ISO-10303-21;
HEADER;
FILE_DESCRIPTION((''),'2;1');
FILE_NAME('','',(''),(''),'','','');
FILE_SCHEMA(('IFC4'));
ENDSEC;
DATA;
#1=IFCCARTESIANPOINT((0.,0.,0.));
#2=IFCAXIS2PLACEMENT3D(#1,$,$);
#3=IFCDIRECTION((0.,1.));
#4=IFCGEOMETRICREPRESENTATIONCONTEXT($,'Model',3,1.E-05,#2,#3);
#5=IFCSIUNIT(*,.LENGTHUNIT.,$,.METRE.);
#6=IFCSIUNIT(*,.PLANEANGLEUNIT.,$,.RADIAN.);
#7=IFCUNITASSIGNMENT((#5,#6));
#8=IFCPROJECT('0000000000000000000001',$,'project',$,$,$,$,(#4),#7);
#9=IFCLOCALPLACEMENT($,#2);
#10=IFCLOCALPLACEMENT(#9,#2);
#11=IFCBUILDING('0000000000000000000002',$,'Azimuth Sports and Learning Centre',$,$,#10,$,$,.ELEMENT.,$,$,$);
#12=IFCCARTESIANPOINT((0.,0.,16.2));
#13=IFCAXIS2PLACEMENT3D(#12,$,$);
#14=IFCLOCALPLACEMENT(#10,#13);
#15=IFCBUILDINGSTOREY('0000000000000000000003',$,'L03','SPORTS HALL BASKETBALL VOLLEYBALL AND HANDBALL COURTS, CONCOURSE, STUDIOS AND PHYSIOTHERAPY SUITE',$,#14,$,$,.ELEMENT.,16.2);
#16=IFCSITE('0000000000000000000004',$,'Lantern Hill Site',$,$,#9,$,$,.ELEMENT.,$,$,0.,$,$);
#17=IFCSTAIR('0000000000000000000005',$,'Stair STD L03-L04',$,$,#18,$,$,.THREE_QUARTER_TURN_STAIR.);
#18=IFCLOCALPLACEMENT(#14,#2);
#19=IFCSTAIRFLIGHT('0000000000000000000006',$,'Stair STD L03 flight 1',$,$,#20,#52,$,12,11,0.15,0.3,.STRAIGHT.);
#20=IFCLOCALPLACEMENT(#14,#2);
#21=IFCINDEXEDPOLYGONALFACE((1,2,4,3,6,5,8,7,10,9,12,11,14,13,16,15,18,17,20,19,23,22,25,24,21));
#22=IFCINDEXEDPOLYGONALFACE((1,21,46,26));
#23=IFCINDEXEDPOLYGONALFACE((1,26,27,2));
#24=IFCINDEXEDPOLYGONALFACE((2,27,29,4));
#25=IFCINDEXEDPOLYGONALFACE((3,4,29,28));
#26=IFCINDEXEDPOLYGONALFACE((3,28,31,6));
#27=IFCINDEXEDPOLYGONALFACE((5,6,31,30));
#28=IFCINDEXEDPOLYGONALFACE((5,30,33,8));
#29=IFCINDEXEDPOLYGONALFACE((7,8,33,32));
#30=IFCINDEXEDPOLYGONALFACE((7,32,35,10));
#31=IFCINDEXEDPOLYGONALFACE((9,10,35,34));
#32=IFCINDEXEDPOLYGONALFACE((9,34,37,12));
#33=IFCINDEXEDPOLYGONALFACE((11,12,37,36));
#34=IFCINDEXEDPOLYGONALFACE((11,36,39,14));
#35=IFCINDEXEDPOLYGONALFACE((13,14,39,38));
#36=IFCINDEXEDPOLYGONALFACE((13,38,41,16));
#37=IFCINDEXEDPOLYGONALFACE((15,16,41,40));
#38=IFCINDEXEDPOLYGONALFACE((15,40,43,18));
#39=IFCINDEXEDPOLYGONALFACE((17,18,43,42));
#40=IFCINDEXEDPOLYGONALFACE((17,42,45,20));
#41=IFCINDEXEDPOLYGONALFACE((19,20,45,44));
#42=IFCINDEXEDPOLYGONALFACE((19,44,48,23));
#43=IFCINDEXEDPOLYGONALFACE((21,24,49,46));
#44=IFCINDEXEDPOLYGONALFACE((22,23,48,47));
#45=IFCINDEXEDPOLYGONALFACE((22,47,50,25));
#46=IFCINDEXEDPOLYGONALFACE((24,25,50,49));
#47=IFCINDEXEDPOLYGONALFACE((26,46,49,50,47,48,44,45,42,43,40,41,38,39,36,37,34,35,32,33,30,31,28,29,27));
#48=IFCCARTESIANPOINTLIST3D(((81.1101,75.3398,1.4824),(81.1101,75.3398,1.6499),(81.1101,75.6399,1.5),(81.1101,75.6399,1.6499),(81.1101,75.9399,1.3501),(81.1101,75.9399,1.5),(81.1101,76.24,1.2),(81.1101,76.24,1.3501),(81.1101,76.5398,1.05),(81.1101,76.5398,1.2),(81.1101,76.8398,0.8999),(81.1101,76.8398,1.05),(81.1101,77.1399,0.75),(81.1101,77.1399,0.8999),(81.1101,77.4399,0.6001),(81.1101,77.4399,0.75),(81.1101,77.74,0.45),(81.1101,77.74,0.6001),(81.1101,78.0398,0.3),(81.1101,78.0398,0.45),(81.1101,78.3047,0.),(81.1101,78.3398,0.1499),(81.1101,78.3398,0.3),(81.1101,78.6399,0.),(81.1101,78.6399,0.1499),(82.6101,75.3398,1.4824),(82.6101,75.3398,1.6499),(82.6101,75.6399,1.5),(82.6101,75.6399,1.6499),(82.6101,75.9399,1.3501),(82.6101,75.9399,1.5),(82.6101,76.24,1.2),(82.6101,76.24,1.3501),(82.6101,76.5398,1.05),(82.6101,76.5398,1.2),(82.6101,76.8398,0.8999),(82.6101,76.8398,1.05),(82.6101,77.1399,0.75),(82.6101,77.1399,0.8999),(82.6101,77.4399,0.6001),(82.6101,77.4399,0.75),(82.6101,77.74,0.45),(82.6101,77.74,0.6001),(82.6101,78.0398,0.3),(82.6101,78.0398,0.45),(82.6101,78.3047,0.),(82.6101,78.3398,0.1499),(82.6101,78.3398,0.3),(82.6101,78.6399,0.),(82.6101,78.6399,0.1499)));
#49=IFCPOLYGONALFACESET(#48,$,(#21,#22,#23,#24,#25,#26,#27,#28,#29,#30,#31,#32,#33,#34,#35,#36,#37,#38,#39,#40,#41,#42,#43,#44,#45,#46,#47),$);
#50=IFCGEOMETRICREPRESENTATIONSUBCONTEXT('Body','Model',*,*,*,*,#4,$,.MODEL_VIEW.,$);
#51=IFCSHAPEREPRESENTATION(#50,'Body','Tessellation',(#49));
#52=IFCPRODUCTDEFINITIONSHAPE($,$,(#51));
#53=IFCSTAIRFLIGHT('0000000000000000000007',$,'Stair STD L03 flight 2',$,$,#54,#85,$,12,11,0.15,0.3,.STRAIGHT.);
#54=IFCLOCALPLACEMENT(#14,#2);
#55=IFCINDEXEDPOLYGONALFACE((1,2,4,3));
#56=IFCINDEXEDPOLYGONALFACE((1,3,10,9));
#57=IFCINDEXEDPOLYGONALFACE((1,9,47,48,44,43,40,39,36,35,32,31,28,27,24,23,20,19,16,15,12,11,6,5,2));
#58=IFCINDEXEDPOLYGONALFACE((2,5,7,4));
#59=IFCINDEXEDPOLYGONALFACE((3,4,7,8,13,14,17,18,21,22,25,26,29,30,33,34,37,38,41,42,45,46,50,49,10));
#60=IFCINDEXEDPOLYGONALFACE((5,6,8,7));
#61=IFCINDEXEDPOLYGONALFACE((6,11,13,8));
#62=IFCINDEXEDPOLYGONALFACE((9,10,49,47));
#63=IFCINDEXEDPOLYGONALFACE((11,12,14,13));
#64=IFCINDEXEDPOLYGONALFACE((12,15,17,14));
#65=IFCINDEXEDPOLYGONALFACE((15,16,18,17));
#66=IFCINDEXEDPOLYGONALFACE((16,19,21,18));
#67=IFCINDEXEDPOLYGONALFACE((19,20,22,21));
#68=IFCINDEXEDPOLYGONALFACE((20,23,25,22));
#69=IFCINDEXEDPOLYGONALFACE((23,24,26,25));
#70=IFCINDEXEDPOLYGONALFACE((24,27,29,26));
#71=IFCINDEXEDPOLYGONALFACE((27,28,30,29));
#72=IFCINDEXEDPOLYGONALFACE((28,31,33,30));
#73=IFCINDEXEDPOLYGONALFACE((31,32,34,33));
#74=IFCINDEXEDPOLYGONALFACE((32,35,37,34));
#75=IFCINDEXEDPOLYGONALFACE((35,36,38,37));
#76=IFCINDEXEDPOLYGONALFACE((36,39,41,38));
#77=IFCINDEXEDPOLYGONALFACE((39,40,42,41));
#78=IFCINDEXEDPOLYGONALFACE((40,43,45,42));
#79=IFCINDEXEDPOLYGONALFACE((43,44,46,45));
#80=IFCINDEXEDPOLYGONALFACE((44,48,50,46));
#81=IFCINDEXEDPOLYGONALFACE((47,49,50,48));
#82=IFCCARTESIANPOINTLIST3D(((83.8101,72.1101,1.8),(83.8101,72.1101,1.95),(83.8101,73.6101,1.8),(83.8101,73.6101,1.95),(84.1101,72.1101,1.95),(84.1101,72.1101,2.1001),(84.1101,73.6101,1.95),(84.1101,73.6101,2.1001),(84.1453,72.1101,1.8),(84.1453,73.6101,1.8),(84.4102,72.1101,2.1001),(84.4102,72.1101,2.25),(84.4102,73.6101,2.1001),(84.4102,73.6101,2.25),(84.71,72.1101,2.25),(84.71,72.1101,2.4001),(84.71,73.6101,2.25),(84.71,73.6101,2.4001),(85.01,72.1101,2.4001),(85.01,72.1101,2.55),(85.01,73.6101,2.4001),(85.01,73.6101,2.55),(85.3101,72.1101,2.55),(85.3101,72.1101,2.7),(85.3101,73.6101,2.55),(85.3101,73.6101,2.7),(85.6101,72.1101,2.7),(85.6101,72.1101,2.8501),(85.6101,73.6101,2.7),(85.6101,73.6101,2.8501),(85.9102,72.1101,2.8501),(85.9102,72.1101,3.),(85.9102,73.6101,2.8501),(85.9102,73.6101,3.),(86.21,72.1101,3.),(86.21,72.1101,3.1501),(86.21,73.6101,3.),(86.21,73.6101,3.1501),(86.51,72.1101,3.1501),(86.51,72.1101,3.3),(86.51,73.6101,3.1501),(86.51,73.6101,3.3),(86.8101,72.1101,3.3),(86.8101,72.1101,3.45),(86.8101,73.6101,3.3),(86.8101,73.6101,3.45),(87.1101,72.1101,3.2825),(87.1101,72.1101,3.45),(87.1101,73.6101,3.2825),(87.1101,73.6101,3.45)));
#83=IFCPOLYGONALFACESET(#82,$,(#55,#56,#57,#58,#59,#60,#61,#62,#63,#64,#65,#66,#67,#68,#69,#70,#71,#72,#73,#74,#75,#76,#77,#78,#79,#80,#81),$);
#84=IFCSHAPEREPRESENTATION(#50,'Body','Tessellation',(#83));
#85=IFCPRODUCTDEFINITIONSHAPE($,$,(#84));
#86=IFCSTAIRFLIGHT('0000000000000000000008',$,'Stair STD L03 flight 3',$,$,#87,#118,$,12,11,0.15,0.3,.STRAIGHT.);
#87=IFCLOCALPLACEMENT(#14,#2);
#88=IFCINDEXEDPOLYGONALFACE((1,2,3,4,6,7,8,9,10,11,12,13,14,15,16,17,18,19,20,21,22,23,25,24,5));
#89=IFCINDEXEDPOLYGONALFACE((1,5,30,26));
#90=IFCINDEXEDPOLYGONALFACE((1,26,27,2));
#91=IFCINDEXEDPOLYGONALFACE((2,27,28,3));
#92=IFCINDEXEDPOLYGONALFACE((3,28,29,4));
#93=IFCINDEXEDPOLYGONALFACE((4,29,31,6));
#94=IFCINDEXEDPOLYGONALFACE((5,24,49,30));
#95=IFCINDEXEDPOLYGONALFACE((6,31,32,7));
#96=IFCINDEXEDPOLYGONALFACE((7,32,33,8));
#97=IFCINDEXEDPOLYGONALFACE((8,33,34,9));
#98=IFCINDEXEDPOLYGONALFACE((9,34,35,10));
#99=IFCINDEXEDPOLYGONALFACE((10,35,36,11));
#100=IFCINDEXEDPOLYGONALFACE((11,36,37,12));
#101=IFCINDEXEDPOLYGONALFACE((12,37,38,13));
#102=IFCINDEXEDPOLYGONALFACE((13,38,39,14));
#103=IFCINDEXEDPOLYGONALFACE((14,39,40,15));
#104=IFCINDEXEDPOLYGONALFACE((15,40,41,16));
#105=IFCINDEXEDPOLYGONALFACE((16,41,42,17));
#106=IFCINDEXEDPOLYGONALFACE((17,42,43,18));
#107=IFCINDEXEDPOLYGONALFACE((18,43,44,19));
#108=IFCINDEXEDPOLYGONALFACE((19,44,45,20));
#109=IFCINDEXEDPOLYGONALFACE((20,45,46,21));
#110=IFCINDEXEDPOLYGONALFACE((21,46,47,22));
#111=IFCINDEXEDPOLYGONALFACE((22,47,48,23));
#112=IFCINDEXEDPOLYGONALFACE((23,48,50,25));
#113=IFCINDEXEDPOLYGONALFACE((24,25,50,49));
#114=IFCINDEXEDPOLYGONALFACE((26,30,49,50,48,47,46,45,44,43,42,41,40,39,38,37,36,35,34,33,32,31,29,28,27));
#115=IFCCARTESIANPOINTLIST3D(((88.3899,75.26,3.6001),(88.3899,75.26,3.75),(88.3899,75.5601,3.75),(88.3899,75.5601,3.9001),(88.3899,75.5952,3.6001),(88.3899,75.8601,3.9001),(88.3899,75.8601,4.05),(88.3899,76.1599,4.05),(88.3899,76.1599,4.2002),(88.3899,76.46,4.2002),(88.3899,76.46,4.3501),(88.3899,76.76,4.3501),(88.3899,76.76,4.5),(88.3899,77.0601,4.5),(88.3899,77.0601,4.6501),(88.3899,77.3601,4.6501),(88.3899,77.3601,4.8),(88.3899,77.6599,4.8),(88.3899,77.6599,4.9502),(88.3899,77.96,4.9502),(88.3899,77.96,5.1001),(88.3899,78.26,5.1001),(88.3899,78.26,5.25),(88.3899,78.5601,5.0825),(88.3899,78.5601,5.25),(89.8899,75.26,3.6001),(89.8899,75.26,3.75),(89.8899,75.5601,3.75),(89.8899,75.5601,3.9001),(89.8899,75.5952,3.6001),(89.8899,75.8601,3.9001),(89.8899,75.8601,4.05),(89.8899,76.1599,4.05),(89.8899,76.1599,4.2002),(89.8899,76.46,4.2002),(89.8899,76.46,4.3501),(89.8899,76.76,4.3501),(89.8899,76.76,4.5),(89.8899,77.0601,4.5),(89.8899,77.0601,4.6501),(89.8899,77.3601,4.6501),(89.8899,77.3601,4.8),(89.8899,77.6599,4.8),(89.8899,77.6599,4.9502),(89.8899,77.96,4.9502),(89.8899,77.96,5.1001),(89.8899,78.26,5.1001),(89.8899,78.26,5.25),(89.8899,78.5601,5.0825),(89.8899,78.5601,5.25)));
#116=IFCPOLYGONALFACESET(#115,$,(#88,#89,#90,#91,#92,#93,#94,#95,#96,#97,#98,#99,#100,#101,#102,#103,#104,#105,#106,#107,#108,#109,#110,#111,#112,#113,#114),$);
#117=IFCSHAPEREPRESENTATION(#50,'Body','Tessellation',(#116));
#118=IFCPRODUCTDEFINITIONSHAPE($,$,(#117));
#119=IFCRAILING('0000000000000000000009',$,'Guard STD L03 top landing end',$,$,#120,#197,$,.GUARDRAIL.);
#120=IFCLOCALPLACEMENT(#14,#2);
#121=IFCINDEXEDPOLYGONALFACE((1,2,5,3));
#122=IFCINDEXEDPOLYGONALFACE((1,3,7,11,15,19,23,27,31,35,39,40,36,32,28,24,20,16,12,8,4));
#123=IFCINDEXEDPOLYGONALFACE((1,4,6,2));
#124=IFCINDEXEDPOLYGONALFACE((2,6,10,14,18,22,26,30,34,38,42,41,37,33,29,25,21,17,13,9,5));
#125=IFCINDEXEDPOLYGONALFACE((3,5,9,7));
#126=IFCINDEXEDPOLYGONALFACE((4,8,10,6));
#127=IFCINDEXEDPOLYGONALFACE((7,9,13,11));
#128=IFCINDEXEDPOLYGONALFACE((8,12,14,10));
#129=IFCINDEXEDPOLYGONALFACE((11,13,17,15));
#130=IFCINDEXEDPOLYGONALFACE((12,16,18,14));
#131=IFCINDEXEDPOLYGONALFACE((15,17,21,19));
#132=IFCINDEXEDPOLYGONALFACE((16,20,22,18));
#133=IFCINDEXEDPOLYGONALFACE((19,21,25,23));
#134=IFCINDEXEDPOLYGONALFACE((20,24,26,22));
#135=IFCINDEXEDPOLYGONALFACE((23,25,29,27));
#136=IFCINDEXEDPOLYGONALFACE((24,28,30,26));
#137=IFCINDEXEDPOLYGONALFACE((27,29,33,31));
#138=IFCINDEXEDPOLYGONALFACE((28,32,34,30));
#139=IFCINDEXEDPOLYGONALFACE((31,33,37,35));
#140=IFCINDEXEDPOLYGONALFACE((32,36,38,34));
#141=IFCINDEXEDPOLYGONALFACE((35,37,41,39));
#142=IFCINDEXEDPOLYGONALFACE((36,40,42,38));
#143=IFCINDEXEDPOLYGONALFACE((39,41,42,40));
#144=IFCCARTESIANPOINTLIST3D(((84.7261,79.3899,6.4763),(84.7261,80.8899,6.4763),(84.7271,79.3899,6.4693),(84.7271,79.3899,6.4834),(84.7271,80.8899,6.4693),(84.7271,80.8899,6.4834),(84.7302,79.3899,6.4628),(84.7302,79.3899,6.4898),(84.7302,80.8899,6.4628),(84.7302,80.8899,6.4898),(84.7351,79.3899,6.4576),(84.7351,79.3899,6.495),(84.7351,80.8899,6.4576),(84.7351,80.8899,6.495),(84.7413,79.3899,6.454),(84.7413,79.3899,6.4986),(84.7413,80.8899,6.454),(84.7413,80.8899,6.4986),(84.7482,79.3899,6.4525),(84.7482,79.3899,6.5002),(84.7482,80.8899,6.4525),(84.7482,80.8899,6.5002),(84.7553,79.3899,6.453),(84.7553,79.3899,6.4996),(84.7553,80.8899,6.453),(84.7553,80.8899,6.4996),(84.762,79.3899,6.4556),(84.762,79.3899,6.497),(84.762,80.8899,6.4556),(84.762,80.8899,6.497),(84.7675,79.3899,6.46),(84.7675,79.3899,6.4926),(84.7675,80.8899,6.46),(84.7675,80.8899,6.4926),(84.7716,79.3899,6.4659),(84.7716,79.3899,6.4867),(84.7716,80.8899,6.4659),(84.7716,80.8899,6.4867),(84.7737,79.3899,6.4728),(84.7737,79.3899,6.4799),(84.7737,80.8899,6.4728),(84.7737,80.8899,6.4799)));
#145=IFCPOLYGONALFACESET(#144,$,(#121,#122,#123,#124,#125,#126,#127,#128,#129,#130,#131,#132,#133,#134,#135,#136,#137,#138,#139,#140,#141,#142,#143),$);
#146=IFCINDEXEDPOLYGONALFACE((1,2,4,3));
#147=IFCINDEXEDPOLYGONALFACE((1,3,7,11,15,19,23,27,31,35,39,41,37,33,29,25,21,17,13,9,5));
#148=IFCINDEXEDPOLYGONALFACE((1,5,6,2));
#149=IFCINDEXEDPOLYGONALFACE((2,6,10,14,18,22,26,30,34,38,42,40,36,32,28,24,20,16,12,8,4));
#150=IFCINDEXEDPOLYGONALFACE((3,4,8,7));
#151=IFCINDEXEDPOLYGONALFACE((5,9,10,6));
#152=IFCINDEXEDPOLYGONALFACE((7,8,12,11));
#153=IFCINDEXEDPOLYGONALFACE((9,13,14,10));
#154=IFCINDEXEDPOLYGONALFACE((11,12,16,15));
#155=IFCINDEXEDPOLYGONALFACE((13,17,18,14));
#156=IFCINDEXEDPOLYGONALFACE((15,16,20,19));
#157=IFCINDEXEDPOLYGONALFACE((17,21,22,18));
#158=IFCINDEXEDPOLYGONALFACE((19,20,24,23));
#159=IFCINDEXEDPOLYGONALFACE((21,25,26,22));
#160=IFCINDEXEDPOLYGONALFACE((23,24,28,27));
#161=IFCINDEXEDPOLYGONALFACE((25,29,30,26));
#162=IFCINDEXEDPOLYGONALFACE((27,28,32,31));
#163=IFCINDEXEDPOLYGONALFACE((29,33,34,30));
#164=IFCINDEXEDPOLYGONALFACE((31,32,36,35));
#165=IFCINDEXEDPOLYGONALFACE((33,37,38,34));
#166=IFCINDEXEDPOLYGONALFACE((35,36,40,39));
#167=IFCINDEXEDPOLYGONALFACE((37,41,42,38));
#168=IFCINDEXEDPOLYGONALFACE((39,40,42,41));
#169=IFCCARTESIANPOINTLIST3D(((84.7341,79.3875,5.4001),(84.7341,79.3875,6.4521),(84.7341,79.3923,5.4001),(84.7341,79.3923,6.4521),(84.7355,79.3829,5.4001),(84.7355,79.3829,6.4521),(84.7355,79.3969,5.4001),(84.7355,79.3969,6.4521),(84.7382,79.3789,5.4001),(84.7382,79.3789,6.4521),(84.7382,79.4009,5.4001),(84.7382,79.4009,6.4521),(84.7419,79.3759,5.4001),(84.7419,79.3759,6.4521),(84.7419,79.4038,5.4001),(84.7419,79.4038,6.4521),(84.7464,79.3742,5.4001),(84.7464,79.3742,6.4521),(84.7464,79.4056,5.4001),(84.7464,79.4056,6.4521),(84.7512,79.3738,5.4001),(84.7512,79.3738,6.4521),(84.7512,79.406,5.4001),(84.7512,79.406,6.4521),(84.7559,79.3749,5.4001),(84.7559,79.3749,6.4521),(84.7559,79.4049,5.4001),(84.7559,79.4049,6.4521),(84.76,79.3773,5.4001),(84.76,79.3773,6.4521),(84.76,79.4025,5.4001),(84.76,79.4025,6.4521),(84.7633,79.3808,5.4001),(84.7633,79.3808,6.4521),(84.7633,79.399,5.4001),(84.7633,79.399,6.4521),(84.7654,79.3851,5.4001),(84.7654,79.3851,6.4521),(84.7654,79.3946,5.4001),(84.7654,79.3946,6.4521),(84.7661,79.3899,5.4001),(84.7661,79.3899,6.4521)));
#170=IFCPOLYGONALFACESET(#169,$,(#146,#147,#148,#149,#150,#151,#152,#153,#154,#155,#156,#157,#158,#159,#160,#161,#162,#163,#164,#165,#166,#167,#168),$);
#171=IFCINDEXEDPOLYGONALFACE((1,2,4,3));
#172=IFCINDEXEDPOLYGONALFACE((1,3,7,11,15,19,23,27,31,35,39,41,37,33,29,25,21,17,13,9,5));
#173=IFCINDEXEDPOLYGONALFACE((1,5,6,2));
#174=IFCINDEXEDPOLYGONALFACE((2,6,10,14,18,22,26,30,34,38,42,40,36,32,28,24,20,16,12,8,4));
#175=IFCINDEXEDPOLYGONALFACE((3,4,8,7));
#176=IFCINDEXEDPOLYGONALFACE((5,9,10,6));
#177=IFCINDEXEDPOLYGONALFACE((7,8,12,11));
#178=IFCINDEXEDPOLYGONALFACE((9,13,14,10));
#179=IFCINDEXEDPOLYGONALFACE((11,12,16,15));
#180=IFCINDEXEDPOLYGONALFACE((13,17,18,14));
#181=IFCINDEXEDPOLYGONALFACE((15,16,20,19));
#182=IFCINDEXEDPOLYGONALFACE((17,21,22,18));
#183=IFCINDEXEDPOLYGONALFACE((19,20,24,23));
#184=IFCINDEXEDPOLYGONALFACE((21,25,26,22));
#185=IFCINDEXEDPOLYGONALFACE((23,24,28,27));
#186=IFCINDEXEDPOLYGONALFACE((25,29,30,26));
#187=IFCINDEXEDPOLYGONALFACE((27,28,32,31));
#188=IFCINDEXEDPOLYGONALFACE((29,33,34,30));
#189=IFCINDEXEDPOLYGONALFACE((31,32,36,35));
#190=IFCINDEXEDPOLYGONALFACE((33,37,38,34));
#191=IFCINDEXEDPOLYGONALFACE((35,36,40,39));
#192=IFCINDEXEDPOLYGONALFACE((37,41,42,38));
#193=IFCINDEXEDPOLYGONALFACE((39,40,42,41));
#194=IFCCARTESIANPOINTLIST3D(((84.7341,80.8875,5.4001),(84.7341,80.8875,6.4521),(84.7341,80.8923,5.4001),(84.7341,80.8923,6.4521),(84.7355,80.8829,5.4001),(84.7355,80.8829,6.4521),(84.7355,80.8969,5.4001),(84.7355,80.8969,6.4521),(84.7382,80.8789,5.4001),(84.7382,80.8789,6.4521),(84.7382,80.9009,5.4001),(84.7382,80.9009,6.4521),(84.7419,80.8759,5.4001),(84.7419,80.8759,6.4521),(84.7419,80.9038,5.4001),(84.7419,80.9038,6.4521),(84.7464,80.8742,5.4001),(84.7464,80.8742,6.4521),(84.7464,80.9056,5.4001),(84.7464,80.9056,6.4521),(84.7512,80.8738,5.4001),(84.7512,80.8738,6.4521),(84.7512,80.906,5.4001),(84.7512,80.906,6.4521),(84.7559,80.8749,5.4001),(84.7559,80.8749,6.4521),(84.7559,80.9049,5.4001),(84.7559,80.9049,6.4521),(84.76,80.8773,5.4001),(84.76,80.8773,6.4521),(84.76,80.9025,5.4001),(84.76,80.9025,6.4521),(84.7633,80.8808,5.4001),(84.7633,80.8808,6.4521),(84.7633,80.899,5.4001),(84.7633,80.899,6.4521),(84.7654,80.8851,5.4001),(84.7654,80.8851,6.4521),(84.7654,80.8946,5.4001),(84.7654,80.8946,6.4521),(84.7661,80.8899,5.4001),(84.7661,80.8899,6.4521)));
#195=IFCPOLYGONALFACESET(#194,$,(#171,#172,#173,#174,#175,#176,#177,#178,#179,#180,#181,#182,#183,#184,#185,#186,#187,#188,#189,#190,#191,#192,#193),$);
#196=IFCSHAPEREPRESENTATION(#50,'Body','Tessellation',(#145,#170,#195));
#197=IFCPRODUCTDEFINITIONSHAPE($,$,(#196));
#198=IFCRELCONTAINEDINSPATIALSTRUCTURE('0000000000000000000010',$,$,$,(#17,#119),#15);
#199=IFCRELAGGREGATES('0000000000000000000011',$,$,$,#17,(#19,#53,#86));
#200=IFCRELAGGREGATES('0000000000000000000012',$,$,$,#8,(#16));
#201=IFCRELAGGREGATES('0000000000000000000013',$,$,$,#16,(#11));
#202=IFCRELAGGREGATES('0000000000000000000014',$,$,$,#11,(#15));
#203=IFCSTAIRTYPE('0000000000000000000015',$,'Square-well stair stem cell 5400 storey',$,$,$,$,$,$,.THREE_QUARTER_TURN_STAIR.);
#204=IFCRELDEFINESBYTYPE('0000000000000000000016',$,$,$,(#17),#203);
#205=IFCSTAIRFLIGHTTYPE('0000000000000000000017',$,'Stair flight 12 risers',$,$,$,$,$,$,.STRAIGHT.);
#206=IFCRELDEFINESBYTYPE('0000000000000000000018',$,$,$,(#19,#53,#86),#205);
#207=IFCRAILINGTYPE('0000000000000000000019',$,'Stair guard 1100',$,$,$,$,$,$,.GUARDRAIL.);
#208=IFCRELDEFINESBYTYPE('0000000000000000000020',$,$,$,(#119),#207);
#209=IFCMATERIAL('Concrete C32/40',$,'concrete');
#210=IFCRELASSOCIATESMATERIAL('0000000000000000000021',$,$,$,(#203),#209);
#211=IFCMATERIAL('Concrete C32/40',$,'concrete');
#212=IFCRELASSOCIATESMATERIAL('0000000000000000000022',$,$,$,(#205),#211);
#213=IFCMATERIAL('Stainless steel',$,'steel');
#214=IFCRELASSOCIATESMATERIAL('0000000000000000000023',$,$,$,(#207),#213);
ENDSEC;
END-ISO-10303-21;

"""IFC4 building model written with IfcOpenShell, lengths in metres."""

from ifc_helpers import new_model, si_unit, direction, frame, origin, origin_2d, place, context, subcontext, project, spatial, polyline, circle, outline, extrude, material, type_object, element, aggregate, save


model = new_model("IFC4")

# Units and contexts
model_context = context("Model", 3, precision=1e-05, world=origin(), true_north=direction((0.0, 1.0)))
body_context = subcontext(model_context, "Body", "Model", "MODEL_VIEW")
ifc_project = project(units=[si_unit("LENGTHUNIT", "METRE"), si_unit("PLANEANGLEUNIT", "RADIAN")], contexts=[model_context])

# Site, building, storey
site_placement = place(None, origin())
site = spatial("IfcSite", under=ifc_project, at=site_placement, Name="Lantern Hill Site", CompositionType="ELEMENT", RefElevation=0.0)
building_placement = place(site_placement, origin())
building = spatial("IfcBuilding", under=site, at=building_placement, Name="Azimuth Sports and Learning Centre", CompositionType="ELEMENT")
storey_placement = place(building_placement, frame((0.0, 0.0, 16.2)))
storey = spatial("IfcBuildingStorey", under=building, at=storey_placement, Name="L03", Description="SPORTS HALL BASKETBALL VOLLEYBALL AND HANDBALL COURTS, CONCOURSE, STUDIOS AND PHYSIOTHERAPY SUITE", CompositionType="ELEMENT", Elevation=16.2)

# Stair, stair flights
ifc_material_1 = material(Name="Concrete C32/40", Category="concrete")
stair_type = type_object("IfcStairType", Name="Square-well stair stem cell 5400 storey", PredefinedType="THREE_QUARTER_TURN_STAIR", material=ifc_material_1)
stair_placement = place(storey_placement, origin())
stair = element("IfcStair", 1, at=stair_placement, inside=storey, type_object=stair_type, Name="Stair STD L03-L04", PredefinedType="THREE_QUARTER_TURN_STAIR")
ifc_material_2 = material(Name="Concrete C32/40", Category="concrete")
stair_flight_type = type_object("IfcStairFlightType", Name="Stair flight 12 risers", PredefinedType="STRAIGHT", material=ifc_material_2)
stair_flight_1_placement = place(storey_placement, frame((81.8601, 78.6399, 0.0), z_axis=(0.0, 0.0, 1.0), x_axis=(0.0, -1.0, 0.0)))
stair_flight_1 = element("IfcStairFlight", 2, at=stair_flight_1_placement, type_object=stair_flight_type, Name="Stair STD L03 flight 1", NumberOfRisers=12, NumberOfTreads=11, PredefinedType="STRAIGHT", RiserHeight=0.15, TreadLength=0.3, context=body_context, shape_type="SweptSolid", body=[
    extrude(outline(polyline([(0.0, 0.0), (0.0, 0.1499), (0.3, 0.1499), (0.3, 0.3), (0.6001, 0.3), (0.6001, 0.45), (0.8999, 0.45), (0.8999, 0.6001), (1.2, 0.6001), (1.2, 0.75), (1.5, 0.75), (1.5, 0.8999), (1.8, 0.8999), (1.8, 1.05), (2.1001, 1.05), (2.1001, 1.2), (2.3999, 1.2), (2.3999, 1.3501), (2.7, 1.3501), (2.7, 1.5), (3.0, 1.5), (3.0, 1.6499), (3.3, 1.6499), (3.3, 1.8), (3.3, 1.4824), (0.3352, 0.0), (0.0, 0.0)])), frame((0.0, 0.75, 0.0), z_axis=(0.0, -1.0, 0.0), x_axis=(1.0, 0.0, 0.0)), (0.0, 0.0, 1.0), 1.5),
])
stair_flight_2_placement = place(storey_placement, frame((83.8101, 72.8601, 1.8), z_axis=(0.0, 0.0, 1.0), x_axis=(1.0, 0.0, 0.0)))
stair_flight_2 = element("IfcStairFlight", 3, at=stair_flight_2_placement, type_object=stair_flight_type, Name="Stair STD L03 flight 2", NumberOfRisers=12, NumberOfTreads=11, PredefinedType="STRAIGHT", RiserHeight=0.15, TreadLength=0.3, context=body_context, shape_type="SweptSolid", body=[
    extrude(outline(polyline([(0.0, 0.0), (0.0, 0.1499), (0.3, 0.1499), (0.3, 0.3), (0.6001, 0.3), (0.6001, 0.45), (0.8999, 0.45), (0.8999, 0.6001), (1.2, 0.6001), (1.2, 0.75), (1.5, 0.75), (1.5, 0.8999), (1.8, 0.8999), (1.8, 1.05), (2.1001, 1.05), (2.1001, 1.2), (2.3999, 1.2), (2.3999, 1.3501), (2.7, 1.3501), (2.7, 1.5), (3.0, 1.5), (3.0, 1.6499), (3.3, 1.6499), (3.3, 1.8), (3.3, 1.4824), (0.3352, 0.0), (0.0, 0.0)])), frame((0.0, 0.75, 0.0), z_axis=(0.0, -1.0, 0.0), x_axis=(1.0, 0.0, 0.0)), (0.0, 0.0, 1.0), 1.5),
])
stair_flight_3_placement = place(storey_placement, frame((89.1399, 75.26, 3.6001), z_axis=(0.0, 0.0, 1.0), x_axis=(0.0, 1.0, 0.0)))
stair_flight_3 = element("IfcStairFlight", 4, at=stair_flight_3_placement, type_object=stair_flight_type, Name="Stair STD L03 flight 3", NumberOfRisers=12, NumberOfTreads=11, PredefinedType="STRAIGHT", RiserHeight=0.15, TreadLength=0.3, context=body_context, shape_type="SweptSolid", body=[
    extrude(outline(polyline([(0.0, 0.0), (0.0, 0.1499), (0.3, 0.1499), (0.3, 0.3), (0.6001, 0.3), (0.6001, 0.45), (0.8999, 0.45), (0.8999, 0.6001), (1.2, 0.6001), (1.2, 0.75), (1.5, 0.75), (1.5, 0.8999), (1.8, 0.8999), (1.8, 1.05), (2.1001, 1.05), (2.1001, 1.2), (2.3999, 1.2), (2.3999, 1.3501), (2.7, 1.3501), (2.7, 1.5), (3.0, 1.5), (3.0, 1.6499), (3.3, 1.6499), (3.3, 1.8), (3.3, 1.4824), (0.3352, 0.0), (0.0, 0.0)])), frame((0.0, 0.75, 0.0), z_axis=(0.0, -1.0, 0.0), x_axis=(1.0, 0.0, 0.0)), (0.0, 0.0, 1.0), 1.5),
])
aggregate(stair, [stair_flight_1, stair_flight_2, stair_flight_3])

# Railing
ifc_material_3 = material(Name="Stainless steel", Category="steel")
railing_type_1 = type_object("IfcRailingType", Name="Stair guard 1100", PredefinedType="GUARDRAIL", material=ifc_material_3)
railing_1_placement = place(storey_placement, frame((84.75, 79.3899, 5.4001)))
element("IfcRailing", 5, at=railing_1_placement, inside=storey, type_object=railing_type_1, Name="Guard STD L03 top landing end", PredefinedType="GUARDRAIL", context=body_context, shape_type="SweptSolid", body=[
    extrude(circle(Radius=0.0239, at=origin_2d()), frame((0.0, 0.0, 1.0762), z_axis=(0.0, 1.0, 0.0), x_axis=(-1.0, 0.0, 0.0)), (0.0, 0.0, 1.0), 1.5),
    extrude(circle(Radius=0.0161, at=origin_2d()), origin(), (0.0, 0.0, 1.0), 1.052),
    extrude(circle(Radius=0.0161, at=origin_2d()), frame((0.0, 1.5, 0.0)), (0.0, 0.0, 1.0), 1.052),
])

save(model, "model.ifc")
